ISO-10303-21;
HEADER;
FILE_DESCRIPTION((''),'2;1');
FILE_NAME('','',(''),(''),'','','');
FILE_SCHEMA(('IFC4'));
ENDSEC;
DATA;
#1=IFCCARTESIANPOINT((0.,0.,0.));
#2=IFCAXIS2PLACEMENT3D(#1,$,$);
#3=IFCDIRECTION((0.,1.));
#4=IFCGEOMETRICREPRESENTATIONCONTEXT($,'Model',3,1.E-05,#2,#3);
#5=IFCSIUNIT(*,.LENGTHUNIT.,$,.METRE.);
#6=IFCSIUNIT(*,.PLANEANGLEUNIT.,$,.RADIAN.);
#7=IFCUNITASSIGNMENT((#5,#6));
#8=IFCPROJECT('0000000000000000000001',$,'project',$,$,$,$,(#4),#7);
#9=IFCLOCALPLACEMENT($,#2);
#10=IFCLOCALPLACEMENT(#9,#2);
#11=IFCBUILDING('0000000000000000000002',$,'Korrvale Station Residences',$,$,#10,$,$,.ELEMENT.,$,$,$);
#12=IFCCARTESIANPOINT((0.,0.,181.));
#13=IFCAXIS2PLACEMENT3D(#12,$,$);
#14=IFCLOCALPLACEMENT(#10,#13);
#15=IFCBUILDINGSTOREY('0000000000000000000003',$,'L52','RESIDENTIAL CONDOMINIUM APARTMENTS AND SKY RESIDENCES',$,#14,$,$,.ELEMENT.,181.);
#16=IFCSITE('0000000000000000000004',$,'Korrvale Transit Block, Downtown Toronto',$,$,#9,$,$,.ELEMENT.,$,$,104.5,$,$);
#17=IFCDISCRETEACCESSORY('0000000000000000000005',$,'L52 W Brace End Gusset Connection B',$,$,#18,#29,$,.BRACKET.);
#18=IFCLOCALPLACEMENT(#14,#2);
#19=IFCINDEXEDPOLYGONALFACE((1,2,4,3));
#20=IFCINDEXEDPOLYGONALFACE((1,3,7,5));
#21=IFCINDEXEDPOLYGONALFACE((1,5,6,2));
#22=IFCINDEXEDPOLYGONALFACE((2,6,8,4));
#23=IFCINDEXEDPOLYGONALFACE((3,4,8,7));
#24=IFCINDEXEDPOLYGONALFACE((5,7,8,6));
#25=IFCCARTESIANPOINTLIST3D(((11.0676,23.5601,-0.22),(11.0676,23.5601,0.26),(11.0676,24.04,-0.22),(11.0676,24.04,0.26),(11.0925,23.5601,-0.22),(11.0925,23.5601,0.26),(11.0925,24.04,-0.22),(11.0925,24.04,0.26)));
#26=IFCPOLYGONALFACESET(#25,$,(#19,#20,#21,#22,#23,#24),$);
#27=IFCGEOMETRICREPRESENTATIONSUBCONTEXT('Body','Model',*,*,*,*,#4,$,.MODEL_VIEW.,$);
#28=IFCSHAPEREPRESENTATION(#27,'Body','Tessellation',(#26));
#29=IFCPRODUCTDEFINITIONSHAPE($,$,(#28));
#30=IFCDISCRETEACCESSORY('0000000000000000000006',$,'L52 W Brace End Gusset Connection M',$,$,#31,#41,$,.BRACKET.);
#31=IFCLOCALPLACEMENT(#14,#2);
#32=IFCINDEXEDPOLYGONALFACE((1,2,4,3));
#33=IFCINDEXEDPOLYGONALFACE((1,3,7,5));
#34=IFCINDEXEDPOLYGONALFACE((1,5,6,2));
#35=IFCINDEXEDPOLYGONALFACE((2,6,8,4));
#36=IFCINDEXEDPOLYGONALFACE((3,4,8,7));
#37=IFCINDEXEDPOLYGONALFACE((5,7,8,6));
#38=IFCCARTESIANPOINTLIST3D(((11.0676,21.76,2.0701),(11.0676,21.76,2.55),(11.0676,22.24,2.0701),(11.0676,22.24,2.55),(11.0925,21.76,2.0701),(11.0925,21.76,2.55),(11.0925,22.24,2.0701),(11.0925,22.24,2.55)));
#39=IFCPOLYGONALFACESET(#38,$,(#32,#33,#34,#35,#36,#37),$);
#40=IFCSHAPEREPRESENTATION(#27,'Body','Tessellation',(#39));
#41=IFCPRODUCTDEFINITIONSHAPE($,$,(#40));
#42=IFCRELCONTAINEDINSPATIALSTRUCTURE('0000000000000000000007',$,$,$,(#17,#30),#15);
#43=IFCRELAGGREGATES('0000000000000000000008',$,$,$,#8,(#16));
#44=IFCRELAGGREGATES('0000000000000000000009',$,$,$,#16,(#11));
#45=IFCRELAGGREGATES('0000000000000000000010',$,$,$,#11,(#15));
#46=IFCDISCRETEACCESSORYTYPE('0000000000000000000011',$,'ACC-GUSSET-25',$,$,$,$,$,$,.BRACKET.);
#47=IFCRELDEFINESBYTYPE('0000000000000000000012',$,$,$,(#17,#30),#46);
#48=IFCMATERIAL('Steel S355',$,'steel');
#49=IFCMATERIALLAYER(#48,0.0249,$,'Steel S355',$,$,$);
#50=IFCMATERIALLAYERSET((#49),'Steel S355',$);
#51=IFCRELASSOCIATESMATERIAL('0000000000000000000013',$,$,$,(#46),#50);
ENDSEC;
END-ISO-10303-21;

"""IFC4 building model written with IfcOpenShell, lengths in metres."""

from ifc_helpers import new_model, si_unit, direction, frame, origin, origin_2d, place, context, subcontext, project, spatial, rectangle, extrude, material, layer, layer_set, type_object, element, save


model = new_model("IFC4")

# Units and contexts
model_context = context("Model", 3, precision=1e-05, world=origin(), true_north=direction((0.0, 1.0)))
body_context = subcontext(model_context, "Body", "Model", "MODEL_VIEW")
ifc_project = project(units=[si_unit("LENGTHUNIT", "METRE"), si_unit("PLANEANGLEUNIT", "RADIAN")], contexts=[model_context])

# Site, building, storey
site_placement = place(None, origin())
site = spatial("IfcSite", under=ifc_project, at=site_placement, Name="Korrvale Transit Block, Downtown Toronto", CompositionType="ELEMENT", RefElevation=104.5)
building_placement = place(site_placement, origin())
building = spatial("IfcBuilding", under=site, at=building_placement, Name="Korrvale Station Residences", CompositionType="ELEMENT")
storey_placement = place(building_placement, frame((0.0, 0.0, 181.0)))
storey = spatial("IfcBuildingStorey", under=building, at=storey_placement, Name="L52", Description="RESIDENTIAL CONDOMINIUM APARTMENTS AND SKY RESIDENCES", CompositionType="ELEMENT", Elevation=181.0)

# Shared definitions
ifc_material_1 = material(Name="Steel S355", Category="steel")

# Discrete accessories
ifc_layer_1 = layer(ifc_material_1, 0.0249, Name="Steel S355")
ifc_layer_set_1 = layer_set([ifc_layer_1], Name="Steel S355")
discrete_accessory_type = type_object("IfcDiscreteAccessoryType", Name="ACC-GUSSET-25", PredefinedType="BRACKET", material=ifc_layer_set_1)
for number, where, z_axis, x_axis, name in (
    (1, (11.0801, 23.8, -0.22), (0.0, 0.0, 1.0), (0.0, 1.0, 0.0), "L52 W Brace End Gusset Connection B"),
    (2, (11.0801, 22.0, 2.0701), (0.0, 0.0, 1.0), (0.0, 1.0, 0.0), "L52 W Brace End Gusset Connection M"),
):
    element("IfcDiscreteAccessory", number, at=place(storey_placement, frame(where, z_axis=z_axis, x_axis=x_axis)), inside=storey, type_object=discrete_accessory_type, Name=name, PredefinedType="BRACKET", context=body_context, shape_type="SweptSolid", body=[
        extrude(rectangle(XDim=0.48, YDim=0.0249, at=origin_2d()), origin(), (0.0, 0.0, 1.0), 0.48),
    ])

save(model, "model.ifc")
